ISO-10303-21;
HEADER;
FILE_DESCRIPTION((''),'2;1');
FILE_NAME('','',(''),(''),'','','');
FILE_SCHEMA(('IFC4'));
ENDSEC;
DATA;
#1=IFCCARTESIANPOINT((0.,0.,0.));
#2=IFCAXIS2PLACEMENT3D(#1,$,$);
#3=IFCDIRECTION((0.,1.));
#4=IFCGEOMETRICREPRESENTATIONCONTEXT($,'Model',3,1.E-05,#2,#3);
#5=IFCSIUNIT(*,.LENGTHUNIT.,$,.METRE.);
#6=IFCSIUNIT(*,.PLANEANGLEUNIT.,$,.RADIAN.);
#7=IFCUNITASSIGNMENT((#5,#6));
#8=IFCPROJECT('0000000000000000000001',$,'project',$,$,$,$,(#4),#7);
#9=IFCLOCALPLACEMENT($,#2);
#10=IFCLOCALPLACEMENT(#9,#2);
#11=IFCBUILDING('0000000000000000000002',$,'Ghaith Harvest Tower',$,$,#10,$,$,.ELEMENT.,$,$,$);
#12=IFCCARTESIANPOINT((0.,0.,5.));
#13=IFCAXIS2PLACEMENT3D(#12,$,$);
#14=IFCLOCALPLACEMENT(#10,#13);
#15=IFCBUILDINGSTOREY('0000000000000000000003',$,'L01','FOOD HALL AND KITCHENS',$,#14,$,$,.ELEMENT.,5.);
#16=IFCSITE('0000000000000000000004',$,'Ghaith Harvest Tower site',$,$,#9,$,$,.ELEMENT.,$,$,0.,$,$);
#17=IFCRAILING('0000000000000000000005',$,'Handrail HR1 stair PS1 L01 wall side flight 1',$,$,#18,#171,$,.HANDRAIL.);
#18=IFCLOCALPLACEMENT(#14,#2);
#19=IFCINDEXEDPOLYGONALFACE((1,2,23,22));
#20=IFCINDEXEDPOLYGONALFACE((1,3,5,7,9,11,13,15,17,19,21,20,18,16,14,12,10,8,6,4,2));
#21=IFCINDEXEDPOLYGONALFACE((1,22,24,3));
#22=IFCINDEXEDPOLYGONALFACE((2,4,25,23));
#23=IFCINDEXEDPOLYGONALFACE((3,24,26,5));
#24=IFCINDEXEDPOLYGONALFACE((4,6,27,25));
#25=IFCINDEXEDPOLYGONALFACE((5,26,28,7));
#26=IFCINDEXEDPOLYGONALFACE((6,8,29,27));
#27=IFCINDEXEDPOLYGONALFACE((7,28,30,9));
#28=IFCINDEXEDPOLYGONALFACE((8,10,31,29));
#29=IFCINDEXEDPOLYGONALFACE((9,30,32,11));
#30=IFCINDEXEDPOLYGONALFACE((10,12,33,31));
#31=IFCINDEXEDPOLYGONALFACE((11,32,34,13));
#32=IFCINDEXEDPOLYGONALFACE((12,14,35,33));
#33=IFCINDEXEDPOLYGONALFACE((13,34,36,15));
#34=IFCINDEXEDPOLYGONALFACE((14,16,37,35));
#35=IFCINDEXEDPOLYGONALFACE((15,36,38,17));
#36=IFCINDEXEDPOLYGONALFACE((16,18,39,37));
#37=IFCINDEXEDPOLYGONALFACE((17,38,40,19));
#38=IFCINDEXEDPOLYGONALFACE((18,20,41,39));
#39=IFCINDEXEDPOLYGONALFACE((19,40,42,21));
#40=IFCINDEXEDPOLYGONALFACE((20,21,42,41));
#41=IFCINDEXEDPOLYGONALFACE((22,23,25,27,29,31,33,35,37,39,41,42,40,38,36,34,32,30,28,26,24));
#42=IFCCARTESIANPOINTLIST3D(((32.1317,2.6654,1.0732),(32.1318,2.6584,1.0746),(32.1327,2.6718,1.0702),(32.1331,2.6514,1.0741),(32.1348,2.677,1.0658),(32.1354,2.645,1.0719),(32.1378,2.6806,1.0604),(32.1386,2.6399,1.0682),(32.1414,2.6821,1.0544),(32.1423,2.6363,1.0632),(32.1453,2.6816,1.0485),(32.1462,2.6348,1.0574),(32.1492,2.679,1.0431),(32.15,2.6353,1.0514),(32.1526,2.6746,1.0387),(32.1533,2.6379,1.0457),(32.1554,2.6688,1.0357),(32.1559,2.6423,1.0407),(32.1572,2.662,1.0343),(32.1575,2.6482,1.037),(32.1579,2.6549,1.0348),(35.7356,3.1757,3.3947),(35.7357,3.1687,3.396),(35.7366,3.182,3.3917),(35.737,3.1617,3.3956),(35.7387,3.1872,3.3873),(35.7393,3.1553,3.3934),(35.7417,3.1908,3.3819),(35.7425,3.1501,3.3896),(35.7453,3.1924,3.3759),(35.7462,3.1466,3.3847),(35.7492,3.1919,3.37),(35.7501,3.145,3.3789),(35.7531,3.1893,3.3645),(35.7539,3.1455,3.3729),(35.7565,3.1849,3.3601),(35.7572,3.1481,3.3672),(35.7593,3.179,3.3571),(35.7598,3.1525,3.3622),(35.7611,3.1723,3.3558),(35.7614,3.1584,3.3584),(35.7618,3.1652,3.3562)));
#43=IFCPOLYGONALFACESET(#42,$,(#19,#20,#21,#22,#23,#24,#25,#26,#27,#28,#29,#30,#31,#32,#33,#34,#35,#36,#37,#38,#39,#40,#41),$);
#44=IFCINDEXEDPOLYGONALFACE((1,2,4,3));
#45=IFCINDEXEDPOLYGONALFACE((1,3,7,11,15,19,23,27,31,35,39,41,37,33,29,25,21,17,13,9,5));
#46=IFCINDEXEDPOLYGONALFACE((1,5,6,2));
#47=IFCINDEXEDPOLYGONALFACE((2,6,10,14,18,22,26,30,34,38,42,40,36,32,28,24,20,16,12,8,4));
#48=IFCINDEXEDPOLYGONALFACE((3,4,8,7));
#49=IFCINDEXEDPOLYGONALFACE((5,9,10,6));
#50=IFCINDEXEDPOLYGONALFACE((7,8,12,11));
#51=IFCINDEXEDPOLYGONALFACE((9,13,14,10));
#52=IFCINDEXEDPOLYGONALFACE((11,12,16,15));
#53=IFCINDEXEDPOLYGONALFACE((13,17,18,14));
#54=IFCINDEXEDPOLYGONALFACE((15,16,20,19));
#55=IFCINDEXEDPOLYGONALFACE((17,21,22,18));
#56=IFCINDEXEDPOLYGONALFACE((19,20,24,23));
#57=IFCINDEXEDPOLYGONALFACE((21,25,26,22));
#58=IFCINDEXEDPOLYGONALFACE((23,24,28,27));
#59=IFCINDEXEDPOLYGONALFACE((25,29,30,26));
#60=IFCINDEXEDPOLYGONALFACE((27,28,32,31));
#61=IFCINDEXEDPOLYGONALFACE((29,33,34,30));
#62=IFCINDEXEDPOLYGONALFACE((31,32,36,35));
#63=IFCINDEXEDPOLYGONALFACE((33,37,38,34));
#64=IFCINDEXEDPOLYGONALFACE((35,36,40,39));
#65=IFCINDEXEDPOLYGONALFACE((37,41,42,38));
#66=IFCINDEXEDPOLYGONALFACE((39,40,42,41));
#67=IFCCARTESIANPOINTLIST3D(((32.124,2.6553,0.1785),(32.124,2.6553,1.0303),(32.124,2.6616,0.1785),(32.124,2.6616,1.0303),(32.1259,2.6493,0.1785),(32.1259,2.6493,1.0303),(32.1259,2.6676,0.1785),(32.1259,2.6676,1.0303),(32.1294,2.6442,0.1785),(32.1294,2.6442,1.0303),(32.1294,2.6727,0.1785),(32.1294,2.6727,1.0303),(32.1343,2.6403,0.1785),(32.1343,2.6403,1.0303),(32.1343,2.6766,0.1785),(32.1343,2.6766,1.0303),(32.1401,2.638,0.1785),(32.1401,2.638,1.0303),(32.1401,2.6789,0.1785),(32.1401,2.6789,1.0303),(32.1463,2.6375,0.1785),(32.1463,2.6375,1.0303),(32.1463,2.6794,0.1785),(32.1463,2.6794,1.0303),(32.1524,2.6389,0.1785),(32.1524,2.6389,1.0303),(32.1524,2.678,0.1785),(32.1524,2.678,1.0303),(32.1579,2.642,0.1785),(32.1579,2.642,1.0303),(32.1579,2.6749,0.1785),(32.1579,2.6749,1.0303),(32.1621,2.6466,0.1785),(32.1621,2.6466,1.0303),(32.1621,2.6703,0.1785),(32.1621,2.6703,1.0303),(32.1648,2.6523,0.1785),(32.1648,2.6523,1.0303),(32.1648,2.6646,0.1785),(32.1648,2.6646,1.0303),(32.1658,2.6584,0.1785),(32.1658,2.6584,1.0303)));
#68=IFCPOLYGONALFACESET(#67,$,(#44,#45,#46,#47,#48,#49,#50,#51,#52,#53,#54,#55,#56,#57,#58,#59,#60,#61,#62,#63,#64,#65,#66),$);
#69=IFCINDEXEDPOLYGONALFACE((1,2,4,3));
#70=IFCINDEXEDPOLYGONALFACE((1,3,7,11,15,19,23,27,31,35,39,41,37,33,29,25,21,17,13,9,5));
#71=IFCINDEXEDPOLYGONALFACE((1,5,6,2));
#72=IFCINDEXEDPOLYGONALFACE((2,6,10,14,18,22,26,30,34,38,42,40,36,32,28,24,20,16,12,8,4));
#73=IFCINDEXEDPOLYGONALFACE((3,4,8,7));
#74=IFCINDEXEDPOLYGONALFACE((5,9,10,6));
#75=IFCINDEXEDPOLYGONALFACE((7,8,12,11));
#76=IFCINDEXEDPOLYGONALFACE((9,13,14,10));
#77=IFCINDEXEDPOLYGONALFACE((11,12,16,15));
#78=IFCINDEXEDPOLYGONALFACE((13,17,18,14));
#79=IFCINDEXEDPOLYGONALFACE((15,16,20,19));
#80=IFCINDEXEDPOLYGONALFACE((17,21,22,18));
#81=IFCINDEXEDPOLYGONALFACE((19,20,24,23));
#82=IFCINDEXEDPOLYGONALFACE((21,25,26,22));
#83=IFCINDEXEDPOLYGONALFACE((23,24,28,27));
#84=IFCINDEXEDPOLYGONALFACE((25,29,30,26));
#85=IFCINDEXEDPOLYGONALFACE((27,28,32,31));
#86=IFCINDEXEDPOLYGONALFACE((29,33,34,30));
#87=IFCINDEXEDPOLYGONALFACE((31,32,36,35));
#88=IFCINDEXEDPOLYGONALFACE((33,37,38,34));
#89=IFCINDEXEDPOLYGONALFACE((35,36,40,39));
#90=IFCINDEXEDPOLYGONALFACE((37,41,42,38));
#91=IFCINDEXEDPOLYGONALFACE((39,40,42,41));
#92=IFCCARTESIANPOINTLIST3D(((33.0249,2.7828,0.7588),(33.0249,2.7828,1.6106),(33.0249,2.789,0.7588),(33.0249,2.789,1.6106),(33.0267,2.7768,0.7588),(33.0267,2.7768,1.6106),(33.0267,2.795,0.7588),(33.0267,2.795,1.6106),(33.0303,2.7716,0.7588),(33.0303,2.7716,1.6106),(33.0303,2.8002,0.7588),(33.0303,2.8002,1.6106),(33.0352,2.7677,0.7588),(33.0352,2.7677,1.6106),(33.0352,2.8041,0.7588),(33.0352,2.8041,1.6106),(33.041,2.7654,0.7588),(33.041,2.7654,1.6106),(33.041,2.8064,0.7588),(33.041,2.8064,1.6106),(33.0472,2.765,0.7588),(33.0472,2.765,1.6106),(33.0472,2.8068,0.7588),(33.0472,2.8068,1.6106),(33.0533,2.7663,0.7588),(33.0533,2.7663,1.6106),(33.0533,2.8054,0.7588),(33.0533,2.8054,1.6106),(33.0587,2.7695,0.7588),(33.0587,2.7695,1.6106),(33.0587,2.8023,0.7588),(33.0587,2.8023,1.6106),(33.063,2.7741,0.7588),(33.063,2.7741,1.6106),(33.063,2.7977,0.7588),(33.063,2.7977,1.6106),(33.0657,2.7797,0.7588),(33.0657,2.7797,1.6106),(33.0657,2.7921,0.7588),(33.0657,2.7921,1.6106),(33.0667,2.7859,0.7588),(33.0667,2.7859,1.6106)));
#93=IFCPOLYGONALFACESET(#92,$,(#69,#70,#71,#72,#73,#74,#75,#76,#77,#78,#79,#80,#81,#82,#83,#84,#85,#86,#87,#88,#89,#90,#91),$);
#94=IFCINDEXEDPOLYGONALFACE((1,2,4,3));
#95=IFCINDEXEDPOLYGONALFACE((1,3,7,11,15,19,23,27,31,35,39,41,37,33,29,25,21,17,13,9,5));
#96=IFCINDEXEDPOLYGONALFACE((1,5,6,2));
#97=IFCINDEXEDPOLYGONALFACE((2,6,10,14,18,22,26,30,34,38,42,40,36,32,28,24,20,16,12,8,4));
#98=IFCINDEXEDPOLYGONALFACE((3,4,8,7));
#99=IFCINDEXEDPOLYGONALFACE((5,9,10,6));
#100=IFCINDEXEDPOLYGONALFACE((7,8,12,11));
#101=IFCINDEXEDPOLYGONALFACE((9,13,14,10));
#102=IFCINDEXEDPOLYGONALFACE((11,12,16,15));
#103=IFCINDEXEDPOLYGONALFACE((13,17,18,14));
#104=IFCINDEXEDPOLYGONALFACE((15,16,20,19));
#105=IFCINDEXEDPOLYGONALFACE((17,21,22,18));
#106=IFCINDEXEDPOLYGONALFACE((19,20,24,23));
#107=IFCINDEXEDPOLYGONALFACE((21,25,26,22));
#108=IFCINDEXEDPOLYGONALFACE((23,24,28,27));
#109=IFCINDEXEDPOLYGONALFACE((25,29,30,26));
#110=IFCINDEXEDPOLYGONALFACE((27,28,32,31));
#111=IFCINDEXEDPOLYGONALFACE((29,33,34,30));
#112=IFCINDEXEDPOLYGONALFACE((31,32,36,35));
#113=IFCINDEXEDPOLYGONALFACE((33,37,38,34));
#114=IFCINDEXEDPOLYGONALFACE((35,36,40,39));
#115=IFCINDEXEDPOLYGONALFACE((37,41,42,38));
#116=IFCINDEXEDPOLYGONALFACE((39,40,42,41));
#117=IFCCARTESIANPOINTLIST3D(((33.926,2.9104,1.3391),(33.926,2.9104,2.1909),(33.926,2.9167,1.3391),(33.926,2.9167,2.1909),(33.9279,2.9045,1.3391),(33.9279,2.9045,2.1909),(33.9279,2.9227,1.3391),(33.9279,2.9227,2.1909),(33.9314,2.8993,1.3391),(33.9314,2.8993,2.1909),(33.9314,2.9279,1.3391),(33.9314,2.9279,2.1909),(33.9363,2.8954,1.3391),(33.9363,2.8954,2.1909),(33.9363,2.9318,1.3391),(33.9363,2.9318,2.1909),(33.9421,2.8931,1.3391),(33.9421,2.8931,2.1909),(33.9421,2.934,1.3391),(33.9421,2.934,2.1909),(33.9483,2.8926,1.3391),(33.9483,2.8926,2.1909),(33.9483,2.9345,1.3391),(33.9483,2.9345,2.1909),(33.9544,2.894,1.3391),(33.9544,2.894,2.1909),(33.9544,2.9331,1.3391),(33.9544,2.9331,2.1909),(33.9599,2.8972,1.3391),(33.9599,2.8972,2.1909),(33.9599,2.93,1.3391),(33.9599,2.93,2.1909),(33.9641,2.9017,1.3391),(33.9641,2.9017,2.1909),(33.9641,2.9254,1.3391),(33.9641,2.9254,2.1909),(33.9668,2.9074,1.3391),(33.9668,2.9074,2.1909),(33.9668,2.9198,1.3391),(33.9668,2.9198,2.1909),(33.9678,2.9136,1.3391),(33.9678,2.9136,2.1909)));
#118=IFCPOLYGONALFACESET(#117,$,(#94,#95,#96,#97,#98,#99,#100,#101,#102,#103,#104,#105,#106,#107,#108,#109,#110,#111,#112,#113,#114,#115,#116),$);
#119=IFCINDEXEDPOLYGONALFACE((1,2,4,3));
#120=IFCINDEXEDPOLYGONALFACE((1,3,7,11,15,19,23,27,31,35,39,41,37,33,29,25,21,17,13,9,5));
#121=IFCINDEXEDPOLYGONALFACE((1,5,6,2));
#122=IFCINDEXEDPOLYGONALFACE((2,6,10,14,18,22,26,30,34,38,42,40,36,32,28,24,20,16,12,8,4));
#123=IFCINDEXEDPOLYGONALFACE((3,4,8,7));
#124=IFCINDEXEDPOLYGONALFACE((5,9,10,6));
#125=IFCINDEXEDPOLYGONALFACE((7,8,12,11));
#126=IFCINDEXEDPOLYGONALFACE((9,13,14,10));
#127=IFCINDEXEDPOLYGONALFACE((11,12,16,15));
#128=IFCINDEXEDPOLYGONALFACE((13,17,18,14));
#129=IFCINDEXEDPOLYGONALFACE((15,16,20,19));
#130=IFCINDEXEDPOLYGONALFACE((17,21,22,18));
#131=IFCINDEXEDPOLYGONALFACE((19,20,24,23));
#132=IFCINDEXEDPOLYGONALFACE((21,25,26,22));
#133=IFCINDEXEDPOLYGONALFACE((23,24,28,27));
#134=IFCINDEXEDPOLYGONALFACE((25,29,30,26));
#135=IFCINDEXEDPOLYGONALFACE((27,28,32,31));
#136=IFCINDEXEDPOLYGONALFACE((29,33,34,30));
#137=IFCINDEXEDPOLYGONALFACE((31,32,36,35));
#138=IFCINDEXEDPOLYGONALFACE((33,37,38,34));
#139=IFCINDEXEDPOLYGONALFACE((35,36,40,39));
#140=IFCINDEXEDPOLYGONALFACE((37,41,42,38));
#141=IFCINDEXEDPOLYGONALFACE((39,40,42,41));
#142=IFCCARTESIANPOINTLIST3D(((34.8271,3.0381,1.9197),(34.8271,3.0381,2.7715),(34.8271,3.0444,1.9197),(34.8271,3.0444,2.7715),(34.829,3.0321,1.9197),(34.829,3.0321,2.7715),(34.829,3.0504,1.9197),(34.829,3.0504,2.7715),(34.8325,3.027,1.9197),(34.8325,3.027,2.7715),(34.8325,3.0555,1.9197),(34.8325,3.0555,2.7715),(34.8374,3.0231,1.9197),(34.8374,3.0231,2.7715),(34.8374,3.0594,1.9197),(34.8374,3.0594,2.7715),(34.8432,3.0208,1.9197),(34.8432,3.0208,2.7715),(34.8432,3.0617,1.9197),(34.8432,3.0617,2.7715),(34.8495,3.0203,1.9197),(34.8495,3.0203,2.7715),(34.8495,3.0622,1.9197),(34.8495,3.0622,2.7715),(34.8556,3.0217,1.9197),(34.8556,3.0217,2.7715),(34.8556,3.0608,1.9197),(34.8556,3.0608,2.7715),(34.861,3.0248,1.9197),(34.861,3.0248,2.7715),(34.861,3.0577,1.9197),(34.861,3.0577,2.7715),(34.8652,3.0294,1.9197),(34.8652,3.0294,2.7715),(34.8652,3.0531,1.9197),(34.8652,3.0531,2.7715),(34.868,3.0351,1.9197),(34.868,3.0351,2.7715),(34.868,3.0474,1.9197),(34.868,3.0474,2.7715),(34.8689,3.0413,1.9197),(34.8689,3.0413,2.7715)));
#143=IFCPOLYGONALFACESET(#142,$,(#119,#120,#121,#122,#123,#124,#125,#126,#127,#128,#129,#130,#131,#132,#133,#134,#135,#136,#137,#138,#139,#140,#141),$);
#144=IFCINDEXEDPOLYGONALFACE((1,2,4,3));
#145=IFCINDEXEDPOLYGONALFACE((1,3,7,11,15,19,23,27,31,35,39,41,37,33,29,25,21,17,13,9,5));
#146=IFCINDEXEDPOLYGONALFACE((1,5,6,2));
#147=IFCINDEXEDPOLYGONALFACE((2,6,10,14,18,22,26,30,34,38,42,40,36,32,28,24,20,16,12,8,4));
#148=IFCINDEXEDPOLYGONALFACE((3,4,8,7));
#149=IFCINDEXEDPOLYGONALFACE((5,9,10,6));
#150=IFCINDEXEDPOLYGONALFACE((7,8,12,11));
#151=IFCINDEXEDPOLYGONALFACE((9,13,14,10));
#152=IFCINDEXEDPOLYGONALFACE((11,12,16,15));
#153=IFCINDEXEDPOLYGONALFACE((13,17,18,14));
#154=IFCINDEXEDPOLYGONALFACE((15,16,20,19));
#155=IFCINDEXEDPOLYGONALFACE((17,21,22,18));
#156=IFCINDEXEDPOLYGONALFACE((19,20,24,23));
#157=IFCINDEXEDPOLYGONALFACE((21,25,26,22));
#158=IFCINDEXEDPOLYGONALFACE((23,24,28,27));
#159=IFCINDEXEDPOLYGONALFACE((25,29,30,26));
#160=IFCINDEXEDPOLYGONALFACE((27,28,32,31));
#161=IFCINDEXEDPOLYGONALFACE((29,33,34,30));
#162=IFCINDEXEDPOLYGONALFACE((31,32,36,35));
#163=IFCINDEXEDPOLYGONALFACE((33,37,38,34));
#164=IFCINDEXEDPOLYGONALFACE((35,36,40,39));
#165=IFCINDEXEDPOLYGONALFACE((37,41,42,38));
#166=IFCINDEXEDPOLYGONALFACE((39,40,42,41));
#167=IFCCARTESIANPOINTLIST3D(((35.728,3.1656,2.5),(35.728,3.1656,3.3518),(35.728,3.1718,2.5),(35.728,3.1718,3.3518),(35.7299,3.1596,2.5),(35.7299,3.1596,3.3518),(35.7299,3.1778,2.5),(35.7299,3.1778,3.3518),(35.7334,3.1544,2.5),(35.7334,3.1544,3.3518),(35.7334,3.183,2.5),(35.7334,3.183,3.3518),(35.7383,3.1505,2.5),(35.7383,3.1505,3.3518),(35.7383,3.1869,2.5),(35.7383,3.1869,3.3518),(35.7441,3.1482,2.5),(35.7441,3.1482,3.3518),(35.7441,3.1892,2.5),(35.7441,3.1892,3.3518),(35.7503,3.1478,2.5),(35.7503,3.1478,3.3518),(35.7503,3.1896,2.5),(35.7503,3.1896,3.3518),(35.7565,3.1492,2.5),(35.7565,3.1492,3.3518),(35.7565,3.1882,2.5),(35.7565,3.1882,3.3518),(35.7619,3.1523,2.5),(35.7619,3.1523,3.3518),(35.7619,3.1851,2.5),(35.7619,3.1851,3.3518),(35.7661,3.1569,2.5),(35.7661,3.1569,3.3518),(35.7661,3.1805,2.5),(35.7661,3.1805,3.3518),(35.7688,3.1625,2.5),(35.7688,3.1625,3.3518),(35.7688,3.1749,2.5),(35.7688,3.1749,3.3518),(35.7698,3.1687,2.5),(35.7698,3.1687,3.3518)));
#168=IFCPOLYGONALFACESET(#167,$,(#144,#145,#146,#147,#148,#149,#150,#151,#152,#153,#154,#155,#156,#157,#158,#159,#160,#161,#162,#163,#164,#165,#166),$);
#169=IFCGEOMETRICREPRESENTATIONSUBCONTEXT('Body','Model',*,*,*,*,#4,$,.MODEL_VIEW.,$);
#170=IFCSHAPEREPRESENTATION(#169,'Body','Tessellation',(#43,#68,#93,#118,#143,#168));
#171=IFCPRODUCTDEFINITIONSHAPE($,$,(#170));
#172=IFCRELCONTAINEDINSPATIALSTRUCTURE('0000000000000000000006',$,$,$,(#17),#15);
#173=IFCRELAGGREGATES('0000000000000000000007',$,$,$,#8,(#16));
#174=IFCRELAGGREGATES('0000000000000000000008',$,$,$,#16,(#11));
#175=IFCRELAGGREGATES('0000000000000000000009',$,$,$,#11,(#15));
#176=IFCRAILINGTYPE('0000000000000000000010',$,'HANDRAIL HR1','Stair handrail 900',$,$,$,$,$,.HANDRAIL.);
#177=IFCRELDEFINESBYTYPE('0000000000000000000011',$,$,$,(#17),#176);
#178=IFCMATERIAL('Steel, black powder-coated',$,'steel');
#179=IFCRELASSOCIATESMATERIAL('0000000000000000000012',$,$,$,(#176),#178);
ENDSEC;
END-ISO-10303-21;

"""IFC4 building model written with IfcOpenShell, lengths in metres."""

from ifc_helpers import new_model, si_unit, direction, frame, origin, origin_2d, place, context, subcontext, project, spatial, circle, extrude, material, type_object, element, save


model = new_model("IFC4")

# Units and contexts
model_context = context("Model", 3, precision=1e-05, world=origin(), true_north=direction((0.0, 1.0)))
body_context = subcontext(model_context, "Body", "Model", "MODEL_VIEW")
ifc_project = project(units=[si_unit("LENGTHUNIT", "METRE"), si_unit("PLANEANGLEUNIT", "RADIAN")], contexts=[model_context])

# Site, building, storey
site_placement = place(None, origin())
site = spatial("IfcSite", under=ifc_project, at=site_placement, Name="Ghaith Harvest Tower site", CompositionType="ELEMENT", RefElevation=0.0)
building_placement = place(site_placement, origin())
building = spatial("IfcBuilding", under=site, at=building_placement, Name="Ghaith Harvest Tower", CompositionType="ELEMENT")
storey_placement = place(building_placement, frame((0.0, 0.0, 5.0)))
storey = spatial("IfcBuildingStorey", under=building, at=storey_placement, Name="L01", Description="FOOD HALL AND KITCHENS", CompositionType="ELEMENT", Elevation=5.0)

# Railing
ifc_material_1 = material(Name="Steel, black powder-coated", Category="steel")
railing_type = type_object("IfcRailingType", Name="HANDRAIL HR1", Description="Stair handrail 900", PredefinedType="HANDRAIL", material=ifc_material_1)
railing_1_placement = place(storey_placement, frame((32.1448, 2.6584, 0.1785)))
element("IfcRailing", 1, at=railing_1_placement, inside=storey, type_object=railing_type, Name="Handrail HR1 stair PS1 L01 wall side flight 1", PredefinedType="HANDRAIL", context=body_context, shape_type="SweptSolid", body=[
    extrude(circle(Radius=0.0239, at=origin_2d()), frame((0.0, 0.0, 0.876), z_axis=(0.83479, 0.118189, 0.537733), x_axis=(-0.140182, 0.990126, 0.0)), (0.0, 0.0, 1.0), 4.3171),
    extrude(circle(Radius=0.021, at=origin_2d()), origin(), (0.0, 0.0, 1.0), 0.8518),
    extrude(circle(Radius=0.021, at=origin_2d()), frame((0.9009, 0.1274, 0.5803)), (0.0, 0.0, 1.0), 0.8518),
    extrude(circle(Radius=0.021, at=origin_2d()), frame((1.802, 0.2551, 1.1606)), (0.0, 0.0, 1.0), 0.8518),
    extrude(circle(Radius=0.021, at=origin_2d()), frame((2.7031, 0.3828, 1.7412)), (0.0, 0.0, 1.0), 0.8518),
    extrude(circle(Radius=0.021, at=origin_2d()), frame((3.604, 0.5103, 2.3215)), (0.0, 0.0, 1.0), 0.8518),
])

save(model, "model.ifc")
